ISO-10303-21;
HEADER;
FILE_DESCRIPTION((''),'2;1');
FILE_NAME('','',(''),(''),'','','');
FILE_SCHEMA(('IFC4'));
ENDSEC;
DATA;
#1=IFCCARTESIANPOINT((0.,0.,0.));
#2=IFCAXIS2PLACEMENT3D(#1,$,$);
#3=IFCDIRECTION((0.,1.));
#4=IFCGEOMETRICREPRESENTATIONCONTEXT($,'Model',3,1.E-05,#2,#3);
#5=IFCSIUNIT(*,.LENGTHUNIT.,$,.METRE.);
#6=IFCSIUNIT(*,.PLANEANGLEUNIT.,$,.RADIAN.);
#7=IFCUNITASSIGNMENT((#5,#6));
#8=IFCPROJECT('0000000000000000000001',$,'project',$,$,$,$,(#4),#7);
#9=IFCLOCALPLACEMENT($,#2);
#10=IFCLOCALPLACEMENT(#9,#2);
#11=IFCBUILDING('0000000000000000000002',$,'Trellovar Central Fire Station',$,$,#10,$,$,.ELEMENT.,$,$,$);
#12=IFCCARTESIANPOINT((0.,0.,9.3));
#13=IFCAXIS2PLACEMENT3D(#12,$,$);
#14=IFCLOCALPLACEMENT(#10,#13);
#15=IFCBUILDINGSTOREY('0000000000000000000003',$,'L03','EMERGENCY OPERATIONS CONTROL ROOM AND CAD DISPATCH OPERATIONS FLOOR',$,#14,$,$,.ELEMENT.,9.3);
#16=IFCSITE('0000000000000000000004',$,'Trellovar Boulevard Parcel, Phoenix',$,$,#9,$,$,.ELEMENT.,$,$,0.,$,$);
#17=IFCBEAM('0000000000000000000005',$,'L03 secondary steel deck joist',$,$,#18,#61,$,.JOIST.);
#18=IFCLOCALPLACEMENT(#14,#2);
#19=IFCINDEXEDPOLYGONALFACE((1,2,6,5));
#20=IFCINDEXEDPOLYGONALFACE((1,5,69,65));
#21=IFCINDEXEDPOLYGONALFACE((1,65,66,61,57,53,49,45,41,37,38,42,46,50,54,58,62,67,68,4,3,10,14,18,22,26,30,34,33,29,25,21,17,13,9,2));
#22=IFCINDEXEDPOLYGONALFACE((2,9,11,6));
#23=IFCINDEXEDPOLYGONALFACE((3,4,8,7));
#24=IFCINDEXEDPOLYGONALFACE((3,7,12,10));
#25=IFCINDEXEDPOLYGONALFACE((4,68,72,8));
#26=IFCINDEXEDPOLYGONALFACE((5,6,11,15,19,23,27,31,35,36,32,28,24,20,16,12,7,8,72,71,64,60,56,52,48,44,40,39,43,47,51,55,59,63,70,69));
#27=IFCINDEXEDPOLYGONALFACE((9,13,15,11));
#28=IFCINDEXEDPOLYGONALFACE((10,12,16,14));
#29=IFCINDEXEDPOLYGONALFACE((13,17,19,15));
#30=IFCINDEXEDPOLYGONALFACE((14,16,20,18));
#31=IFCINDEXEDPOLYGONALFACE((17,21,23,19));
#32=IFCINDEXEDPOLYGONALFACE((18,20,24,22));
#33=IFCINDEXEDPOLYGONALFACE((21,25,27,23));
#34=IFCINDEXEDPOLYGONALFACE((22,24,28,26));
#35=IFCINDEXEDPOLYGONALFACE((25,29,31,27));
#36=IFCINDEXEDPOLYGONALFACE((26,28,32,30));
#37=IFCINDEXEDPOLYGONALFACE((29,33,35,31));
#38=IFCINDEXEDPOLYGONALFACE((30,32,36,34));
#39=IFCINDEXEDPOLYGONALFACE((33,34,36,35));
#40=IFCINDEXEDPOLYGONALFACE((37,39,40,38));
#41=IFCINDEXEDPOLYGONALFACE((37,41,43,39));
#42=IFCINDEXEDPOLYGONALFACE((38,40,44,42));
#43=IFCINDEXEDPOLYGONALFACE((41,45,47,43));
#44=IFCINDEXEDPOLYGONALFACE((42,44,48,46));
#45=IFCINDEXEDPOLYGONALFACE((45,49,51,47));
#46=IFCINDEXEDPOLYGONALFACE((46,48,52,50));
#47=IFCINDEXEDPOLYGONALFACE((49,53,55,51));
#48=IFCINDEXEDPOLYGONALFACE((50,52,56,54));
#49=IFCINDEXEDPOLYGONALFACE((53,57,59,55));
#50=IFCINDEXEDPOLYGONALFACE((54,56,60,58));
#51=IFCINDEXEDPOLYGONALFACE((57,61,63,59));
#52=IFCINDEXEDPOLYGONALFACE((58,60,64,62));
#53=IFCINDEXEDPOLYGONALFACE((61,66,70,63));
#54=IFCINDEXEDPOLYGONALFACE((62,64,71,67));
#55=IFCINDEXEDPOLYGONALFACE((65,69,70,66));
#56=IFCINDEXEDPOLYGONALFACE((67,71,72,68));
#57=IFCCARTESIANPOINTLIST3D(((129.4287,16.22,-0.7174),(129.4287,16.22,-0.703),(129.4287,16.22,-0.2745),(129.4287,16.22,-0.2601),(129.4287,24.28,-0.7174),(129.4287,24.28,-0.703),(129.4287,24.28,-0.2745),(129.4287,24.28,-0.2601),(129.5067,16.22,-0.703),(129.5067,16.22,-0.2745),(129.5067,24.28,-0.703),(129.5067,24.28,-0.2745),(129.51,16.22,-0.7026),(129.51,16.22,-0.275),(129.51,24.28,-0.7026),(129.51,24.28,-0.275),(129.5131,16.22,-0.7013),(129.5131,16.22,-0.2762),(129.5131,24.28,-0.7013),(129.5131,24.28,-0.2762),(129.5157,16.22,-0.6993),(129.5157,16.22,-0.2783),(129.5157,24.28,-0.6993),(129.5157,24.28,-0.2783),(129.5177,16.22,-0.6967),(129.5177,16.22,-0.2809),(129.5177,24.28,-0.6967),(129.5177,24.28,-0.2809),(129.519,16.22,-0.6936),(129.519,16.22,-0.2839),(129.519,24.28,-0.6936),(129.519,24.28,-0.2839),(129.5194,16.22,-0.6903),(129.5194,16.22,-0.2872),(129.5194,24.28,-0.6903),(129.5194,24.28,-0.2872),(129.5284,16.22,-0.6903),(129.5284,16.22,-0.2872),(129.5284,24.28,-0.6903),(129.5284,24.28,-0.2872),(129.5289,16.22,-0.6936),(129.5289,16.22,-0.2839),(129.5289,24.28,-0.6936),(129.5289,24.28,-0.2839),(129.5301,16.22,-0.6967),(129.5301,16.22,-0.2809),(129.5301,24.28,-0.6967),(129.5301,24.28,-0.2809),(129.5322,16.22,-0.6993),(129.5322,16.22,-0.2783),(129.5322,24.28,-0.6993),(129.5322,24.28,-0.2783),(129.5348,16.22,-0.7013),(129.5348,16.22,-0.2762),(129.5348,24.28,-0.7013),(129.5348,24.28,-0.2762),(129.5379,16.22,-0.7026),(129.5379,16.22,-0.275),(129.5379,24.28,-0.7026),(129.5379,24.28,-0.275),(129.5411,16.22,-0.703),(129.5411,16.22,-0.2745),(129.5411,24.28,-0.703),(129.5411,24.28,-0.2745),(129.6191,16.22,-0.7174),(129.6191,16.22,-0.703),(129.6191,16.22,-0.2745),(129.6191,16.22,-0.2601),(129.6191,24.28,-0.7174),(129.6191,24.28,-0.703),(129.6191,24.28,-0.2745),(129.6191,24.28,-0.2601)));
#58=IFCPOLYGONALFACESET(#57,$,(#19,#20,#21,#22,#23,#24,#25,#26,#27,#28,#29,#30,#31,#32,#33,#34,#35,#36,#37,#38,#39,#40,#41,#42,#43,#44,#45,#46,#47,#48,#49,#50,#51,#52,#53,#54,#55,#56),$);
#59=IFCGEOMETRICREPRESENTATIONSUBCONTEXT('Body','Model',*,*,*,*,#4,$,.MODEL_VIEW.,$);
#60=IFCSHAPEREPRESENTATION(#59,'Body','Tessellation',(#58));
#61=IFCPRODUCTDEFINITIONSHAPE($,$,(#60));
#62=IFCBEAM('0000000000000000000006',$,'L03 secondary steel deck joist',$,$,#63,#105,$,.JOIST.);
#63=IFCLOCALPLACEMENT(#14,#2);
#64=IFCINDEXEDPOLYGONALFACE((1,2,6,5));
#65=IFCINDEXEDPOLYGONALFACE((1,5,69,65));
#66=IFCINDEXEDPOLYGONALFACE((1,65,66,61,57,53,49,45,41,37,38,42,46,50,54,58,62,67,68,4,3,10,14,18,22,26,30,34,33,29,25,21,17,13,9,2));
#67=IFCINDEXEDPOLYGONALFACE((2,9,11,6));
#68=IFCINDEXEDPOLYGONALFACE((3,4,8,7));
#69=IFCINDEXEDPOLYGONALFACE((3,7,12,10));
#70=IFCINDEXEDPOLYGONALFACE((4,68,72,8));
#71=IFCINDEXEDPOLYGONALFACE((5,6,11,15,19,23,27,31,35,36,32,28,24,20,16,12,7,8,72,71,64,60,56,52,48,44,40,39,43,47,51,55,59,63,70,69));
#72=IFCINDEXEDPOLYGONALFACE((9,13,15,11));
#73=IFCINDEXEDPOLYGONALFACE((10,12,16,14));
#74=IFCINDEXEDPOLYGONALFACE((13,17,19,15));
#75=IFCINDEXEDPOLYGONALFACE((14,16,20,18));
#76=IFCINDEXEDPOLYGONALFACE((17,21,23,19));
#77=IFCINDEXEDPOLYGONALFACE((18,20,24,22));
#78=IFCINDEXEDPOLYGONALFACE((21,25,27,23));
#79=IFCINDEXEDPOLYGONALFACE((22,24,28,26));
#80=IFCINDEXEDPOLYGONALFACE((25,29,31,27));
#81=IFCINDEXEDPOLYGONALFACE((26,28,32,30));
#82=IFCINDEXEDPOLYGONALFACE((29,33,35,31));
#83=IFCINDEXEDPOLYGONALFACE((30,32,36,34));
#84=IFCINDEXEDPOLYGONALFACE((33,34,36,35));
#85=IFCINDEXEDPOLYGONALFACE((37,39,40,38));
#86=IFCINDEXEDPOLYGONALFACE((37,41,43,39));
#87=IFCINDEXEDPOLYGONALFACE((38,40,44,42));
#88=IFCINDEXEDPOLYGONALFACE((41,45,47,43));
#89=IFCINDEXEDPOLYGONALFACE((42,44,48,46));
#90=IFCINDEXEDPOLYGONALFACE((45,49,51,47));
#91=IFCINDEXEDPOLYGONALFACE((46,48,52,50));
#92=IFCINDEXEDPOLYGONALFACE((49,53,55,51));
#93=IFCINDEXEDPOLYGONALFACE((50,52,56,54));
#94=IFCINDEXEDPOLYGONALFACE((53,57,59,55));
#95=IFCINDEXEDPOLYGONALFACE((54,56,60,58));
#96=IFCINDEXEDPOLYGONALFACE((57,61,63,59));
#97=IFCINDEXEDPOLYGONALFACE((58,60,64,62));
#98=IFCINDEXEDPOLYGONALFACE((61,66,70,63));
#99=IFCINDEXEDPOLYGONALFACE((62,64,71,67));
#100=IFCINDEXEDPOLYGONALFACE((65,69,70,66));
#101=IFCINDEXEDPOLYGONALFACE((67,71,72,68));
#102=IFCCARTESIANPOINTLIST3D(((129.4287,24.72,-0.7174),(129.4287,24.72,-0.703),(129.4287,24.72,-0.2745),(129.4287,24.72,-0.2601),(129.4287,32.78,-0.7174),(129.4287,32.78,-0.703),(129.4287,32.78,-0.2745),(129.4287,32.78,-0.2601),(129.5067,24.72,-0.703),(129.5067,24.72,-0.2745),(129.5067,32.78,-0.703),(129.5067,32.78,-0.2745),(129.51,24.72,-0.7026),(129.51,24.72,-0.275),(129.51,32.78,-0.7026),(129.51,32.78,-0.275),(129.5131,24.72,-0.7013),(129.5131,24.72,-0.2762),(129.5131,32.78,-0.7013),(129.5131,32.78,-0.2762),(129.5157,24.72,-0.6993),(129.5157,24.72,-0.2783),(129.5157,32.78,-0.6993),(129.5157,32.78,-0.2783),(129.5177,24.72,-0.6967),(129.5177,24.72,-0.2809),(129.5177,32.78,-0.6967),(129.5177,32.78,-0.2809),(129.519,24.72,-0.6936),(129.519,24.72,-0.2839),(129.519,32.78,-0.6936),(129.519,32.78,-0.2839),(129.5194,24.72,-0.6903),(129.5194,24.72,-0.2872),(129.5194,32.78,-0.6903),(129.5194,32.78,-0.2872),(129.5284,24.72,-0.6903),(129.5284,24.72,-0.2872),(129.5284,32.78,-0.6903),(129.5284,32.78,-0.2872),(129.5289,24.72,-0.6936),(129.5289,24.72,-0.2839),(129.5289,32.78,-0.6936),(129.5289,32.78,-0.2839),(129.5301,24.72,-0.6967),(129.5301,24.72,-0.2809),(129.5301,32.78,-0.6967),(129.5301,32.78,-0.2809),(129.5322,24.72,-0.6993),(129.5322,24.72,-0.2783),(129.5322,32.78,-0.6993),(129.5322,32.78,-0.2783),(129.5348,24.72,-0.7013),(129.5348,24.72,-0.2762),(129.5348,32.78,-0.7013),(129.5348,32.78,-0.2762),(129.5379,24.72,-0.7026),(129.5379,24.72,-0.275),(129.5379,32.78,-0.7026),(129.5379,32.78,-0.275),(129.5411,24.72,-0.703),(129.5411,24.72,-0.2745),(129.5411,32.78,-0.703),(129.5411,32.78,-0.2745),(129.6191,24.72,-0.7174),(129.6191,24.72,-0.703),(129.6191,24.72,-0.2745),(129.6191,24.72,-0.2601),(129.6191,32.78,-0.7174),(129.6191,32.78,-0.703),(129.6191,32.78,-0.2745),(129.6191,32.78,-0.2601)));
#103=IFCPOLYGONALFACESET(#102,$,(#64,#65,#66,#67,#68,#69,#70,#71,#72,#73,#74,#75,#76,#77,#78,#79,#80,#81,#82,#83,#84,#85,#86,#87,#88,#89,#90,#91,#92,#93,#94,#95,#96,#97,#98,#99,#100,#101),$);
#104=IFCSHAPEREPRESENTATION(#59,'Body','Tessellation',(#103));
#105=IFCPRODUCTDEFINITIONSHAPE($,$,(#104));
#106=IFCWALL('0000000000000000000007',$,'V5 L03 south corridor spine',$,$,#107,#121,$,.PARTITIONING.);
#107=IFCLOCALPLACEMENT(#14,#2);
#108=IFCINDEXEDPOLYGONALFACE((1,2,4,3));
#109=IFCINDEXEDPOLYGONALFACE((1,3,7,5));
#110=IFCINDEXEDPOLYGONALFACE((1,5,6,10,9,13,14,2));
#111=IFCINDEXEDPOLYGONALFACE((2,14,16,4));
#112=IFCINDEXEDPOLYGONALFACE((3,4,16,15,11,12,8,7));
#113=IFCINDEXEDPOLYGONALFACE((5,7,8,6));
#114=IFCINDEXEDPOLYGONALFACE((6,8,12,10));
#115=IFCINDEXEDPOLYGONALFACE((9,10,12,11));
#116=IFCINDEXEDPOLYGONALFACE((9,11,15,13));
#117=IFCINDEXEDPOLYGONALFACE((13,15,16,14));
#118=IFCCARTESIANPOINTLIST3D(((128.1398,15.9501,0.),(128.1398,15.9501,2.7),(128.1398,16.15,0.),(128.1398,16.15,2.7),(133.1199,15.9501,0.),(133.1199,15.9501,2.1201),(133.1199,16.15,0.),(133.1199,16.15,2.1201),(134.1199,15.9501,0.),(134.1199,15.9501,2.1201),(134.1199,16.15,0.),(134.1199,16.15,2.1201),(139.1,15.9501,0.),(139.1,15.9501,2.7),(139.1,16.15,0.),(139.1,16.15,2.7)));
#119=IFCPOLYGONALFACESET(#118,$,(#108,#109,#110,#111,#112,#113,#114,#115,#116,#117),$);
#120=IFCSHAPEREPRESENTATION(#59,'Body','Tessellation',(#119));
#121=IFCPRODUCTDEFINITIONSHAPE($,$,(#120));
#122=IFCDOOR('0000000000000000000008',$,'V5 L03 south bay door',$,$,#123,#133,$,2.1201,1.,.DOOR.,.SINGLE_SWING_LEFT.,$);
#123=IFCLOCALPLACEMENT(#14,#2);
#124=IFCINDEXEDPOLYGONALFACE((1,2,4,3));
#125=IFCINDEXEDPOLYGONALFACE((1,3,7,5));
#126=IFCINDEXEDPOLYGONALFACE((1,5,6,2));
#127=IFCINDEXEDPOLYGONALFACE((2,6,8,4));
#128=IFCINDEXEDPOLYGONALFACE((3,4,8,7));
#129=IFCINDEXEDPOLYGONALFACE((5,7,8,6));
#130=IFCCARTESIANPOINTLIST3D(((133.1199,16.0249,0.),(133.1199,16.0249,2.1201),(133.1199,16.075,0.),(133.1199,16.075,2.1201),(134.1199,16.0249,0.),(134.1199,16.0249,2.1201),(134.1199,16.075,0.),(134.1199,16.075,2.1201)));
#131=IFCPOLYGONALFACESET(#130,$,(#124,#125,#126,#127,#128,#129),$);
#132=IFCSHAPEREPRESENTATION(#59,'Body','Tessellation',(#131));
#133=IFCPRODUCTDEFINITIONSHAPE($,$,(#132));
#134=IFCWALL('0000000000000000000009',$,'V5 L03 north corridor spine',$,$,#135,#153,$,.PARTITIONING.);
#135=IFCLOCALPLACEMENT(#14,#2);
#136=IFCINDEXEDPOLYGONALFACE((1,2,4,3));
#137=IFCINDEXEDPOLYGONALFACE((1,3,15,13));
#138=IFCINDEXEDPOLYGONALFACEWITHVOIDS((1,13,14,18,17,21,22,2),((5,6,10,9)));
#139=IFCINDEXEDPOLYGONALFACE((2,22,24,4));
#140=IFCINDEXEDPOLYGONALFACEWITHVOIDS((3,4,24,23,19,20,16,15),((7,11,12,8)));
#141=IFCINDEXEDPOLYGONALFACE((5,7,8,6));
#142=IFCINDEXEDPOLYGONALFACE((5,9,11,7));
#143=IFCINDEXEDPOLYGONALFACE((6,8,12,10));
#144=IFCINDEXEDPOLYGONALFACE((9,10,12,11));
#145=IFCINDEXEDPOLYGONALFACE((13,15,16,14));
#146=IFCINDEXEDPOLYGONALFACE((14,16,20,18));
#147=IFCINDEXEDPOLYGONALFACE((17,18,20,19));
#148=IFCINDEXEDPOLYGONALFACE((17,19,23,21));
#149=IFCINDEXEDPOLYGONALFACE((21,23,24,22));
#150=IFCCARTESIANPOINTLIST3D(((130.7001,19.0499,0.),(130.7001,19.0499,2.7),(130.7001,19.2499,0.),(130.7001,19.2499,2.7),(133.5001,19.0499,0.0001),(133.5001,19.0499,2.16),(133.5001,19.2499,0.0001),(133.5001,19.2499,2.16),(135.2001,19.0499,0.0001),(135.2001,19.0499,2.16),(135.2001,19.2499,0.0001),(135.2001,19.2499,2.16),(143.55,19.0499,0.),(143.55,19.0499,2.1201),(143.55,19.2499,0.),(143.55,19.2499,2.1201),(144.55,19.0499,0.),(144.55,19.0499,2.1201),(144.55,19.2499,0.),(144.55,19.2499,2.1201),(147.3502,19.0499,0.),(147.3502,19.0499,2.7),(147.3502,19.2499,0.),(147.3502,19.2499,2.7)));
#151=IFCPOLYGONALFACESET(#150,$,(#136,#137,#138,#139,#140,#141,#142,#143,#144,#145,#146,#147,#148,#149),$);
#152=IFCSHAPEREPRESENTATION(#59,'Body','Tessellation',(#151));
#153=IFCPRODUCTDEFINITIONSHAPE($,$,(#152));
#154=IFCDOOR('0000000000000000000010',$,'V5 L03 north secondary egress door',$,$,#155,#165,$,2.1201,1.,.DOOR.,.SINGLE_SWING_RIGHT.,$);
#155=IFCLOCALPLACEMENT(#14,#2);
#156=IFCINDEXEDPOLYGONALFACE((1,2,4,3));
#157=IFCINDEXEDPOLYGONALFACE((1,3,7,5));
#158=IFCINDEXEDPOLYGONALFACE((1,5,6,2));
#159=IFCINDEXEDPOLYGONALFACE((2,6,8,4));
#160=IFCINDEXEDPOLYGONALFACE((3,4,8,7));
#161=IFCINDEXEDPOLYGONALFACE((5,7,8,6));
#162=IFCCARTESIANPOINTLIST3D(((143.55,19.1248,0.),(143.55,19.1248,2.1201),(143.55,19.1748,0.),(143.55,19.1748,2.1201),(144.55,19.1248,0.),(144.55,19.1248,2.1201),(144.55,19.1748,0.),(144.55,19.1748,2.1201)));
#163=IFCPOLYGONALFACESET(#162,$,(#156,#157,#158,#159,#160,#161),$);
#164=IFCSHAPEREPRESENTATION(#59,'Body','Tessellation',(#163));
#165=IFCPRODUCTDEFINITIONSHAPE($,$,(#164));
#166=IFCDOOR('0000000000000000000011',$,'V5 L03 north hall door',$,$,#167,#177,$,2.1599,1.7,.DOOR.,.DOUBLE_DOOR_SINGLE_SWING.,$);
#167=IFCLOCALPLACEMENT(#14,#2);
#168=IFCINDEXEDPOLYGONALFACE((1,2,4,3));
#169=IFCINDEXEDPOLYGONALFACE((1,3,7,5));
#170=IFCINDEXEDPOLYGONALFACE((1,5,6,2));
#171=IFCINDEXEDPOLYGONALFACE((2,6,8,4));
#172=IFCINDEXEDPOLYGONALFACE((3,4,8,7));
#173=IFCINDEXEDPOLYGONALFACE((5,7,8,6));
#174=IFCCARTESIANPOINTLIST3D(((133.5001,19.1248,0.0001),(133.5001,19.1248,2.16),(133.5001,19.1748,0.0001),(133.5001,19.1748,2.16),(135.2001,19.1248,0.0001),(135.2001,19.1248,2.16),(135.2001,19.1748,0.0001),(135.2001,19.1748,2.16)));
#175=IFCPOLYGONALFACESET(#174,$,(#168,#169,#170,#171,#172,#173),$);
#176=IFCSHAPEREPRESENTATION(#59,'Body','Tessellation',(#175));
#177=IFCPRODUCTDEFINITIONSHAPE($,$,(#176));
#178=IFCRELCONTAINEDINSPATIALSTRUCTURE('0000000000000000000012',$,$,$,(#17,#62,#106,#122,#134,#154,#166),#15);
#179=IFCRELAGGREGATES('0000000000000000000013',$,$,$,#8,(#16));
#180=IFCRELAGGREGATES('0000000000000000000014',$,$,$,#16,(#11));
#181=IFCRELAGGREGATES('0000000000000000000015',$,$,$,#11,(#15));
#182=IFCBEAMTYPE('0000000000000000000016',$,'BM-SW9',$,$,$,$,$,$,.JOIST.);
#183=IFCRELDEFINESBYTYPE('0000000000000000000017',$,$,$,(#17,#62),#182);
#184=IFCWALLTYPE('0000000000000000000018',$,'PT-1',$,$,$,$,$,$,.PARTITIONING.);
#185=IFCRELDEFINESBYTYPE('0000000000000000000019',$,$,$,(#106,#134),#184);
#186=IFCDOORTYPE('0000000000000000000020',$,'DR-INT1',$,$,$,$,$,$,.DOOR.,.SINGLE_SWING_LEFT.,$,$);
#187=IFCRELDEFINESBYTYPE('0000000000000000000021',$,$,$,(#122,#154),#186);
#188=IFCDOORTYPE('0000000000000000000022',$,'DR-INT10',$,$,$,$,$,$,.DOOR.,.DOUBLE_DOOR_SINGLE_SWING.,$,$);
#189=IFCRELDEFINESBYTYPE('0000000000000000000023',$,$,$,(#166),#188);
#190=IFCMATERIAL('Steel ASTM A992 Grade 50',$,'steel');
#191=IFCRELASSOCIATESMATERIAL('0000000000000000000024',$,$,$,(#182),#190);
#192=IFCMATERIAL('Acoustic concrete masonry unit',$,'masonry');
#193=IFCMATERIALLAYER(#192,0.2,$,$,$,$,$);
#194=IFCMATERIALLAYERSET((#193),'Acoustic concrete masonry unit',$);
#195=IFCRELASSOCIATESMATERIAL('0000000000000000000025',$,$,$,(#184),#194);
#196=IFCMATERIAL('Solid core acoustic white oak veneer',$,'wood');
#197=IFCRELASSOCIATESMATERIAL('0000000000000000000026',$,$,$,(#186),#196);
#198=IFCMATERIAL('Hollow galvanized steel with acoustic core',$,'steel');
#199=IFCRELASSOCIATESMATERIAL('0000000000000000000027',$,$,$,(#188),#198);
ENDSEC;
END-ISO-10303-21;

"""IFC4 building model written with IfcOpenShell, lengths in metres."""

from ifc_helpers import new_model, si_unit, direction, frame, frame_2d, origin, origin_2d, place, context, subcontext, project, spatial, rectangle, i_section, extrude, material, layer, layer_set, material_profile, profile_set, type_object, element, fill, save


model = new_model("IFC4")

# Units and contexts
model_context = context("Model", 3, precision=1e-05, world=origin(), true_north=direction((0.0, 1.0)))
body_context = subcontext(model_context, "Body", "Model", "MODEL_VIEW")
ifc_project = project(units=[si_unit("LENGTHUNIT", "METRE"), si_unit("PLANEANGLEUNIT", "RADIAN")], contexts=[model_context])

# Site, building, storey
site_placement = place(None, origin())
site = spatial("IfcSite", under=ifc_project, at=site_placement, Name="Trellovar Boulevard Parcel, Phoenix", CompositionType="ELEMENT", RefElevation=0.0)
building_placement = place(site_placement, origin())
building = spatial("IfcBuilding", under=site, at=building_placement, Name="Trellovar Central Fire Station", CompositionType="ELEMENT")
storey_placement = place(building_placement, frame((0.0, 0.0, 9.3)))
storey = spatial("IfcBuildingStorey", under=building, at=storey_placement, Name="L03", Description="EMERGENCY OPERATIONS CONTROL ROOM AND CAD DISPATCH OPERATIONS FLOOR", CompositionType="ELEMENT", Elevation=9.3)

# Beams
ifc_material_1 = material(Name="Steel ASTM A992 Grade 50", Category="steel")
ifc_material_profile_1 = material_profile(ifc_material_1, i_section(OverallWidth=0.1904, OverallDepth=0.4573, WebThickness=0.009, FlangeThickness=0.0144, FilletRadius=0.0127, at=origin_2d()), Name="W18X50")
ifc_profile_set_1 = profile_set([ifc_material_profile_1], Name="Steel ASTM A992 Grade 50")
beam_type_1 = type_object("IfcBeamType", Name="BM-SW9", PredefinedType="JOIST", material=ifc_profile_set_1)
for number, where, z_axis, x_axis, name in (
    (1, (129.5239, 16.22, -0.4888), (0.0, 1.0, 0.0), (-1.0, 0.0, 0.0), "L03 secondary steel deck joist"),
    (2, (129.5239, 24.72, -0.4888), (0.0, 1.0, 0.0), (-1.0, 0.0, 0.0), "L03 secondary steel deck joist"),
):
    element("IfcBeam", number, at=place(storey_placement, frame(where, z_axis=z_axis, x_axis=x_axis)), inside=storey, type_object=beam_type_1, Name=name, PredefinedType="JOIST", context=body_context, shape_type="SweptSolid", body=[
        extrude(i_section(OverallWidth=0.1904, OverallDepth=0.4573, WebThickness=0.009, FlangeThickness=0.0144, FilletRadius=0.0127, at=origin_2d()), origin(), (0.0, 0.0, 1.0), 8.0601),
    ])

# Wall, opening, door
ifc_material_2 = material(Name="Acoustic concrete masonry unit", Category="masonry")
ifc_layer_1 = layer(ifc_material_2, 0.2)
ifc_layer_set_1 = layer_set([ifc_layer_1], Name="Acoustic concrete masonry unit")
wall_type_1 = type_object("IfcWallType", Name="PT-1", PredefinedType="PARTITIONING", material=ifc_layer_set_1)
wall_1_placement = place(storey_placement, frame((128.1399, 16.05, 0.0), z_axis=(0.0, 0.0, 1.0), x_axis=(1.0, 0.0, 0.0)))
wall_1 = element("IfcWall", 3, at=wall_1_placement, inside=storey, type_object=wall_type_1, Name="V5 L03 south corridor spine", PredefinedType="PARTITIONING", context=body_context, shape_type="SweptSolid", body=[
    extrude(rectangle(XDim=10.9602, YDim=0.2, at=frame_2d((5.48, 0.0))), origin(), (0.0, 0.0, 1.0), 2.7),
])
opening_1_placement = place(wall_1_placement, frame((4.98, 0.0, 0.0)))
opening_1 = element("IfcOpeningElement", 4, at=opening_1_placement, cuts=wall_1, PredefinedType="OPENING", context=body_context, shape_type="SweptSolid", body=[
    extrude(rectangle(XDim=1.0, YDim=2.1201, at=frame_2d((0.5, 1.0601))), frame((0.0, 0.1099, 0.0), z_axis=(0.0, -1.0, 0.0), x_axis=(1.0, 0.0, 0.0)), (0.0, 0.0, 1.0), 0.22),
])
ifc_material_3 = material(Name="Solid core acoustic white oak veneer", Category="wood")
door_type_1 = type_object("IfcDoorType", Name="DR-INT1", OperationType="SINGLE_SWING_LEFT", PredefinedType="DOOR", material=ifc_material_3)
door_1_placement = place(opening_1_placement, origin())
door_1 = element("IfcDoor", 5, at=door_1_placement, inside=storey, type_object=door_type_1, Name="V5 L03 south bay door", OperationType="SINGLE_SWING_LEFT", OverallHeight=2.1201, OverallWidth=1.0, PredefinedType="DOOR", context=body_context, shape_type="SweptSolid", body=[
    extrude(rectangle(XDim=1.0, YDim=2.1201, at=frame_2d((0.5, 1.0601))), frame((0.0, 0.0249, 0.0), z_axis=(0.0, -1.0, 0.0), x_axis=(1.0, 0.0, 0.0)), (0.0, 0.0, 1.0), 0.05),
])
fill(opening_1, door_1)

# Wall, openings, doors
wall_2_placement = place(storey_placement, frame((130.7, 19.1499, 0.0), z_axis=(0.0, 0.0, 1.0), x_axis=(1.0, 0.0, 0.0)))
wall_2 = element("IfcWall", 6, at=wall_2_placement, inside=storey, type_object=wall_type_1, Name="V5 L03 north corridor spine", PredefinedType="PARTITIONING", context=body_context, shape_type="SweptSolid", body=[
    extrude(rectangle(XDim=16.6501, YDim=0.2, at=frame_2d((8.3252, 0.0))), origin(), (0.0, 0.0, 1.0), 2.7),
])
opening_2_placement = place(wall_2_placement, frame((2.8, 0.0, 0.0)))
opening_2 = element("IfcOpeningElement", 7, at=opening_2_placement, cuts=wall_2, PredefinedType="OPENING", context=body_context, shape_type="SweptSolid", body=[
    extrude(rectangle(XDim=1.7, YDim=2.1599, at=frame_2d((0.8501, 1.0801))), frame((0.0, 0.1099, 0.0), z_axis=(0.0, -1.0, 0.0), x_axis=(1.0, 0.0, 0.0)), (0.0, 0.0, 1.0), 0.22),
])
opening_3_placement = place(wall_2_placement, frame((12.8501, 0.0, 0.0)))
opening_3 = element("IfcOpeningElement", 8, at=opening_3_placement, cuts=wall_2, PredefinedType="OPENING", context=body_context, shape_type="SweptSolid", body=[
    extrude(rectangle(XDim=1.0, YDim=2.1201, at=frame_2d((0.5, 1.0601))), frame((0.0, 0.1099, 0.0), z_axis=(0.0, -1.0, 0.0), x_axis=(1.0, 0.0, 0.0)), (0.0, 0.0, 1.0), 0.22),
])
door_2_placement = place(opening_3_placement, origin())
door_2 = element("IfcDoor", 9, at=door_2_placement, inside=storey, type_object=door_type_1, Name="V5 L03 north secondary egress door", OperationType="SINGLE_SWING_RIGHT", OverallHeight=2.1201, OverallWidth=1.0, PredefinedType="DOOR", context=body_context, shape_type="SweptSolid", body=[
    extrude(rectangle(XDim=1.0, YDim=2.1201, at=frame_2d((0.5, 1.0601))), frame((0.0, 0.0249, 0.0), z_axis=(0.0, -1.0, 0.0), x_axis=(1.0, 0.0, 0.0)), (0.0, 0.0, 1.0), 0.05),
])
fill(opening_3, door_2)
ifc_material_4 = material(Name="Hollow galvanized steel with acoustic core", Category="steel")
door_type_2 = type_object("IfcDoorType", Name="DR-INT10", OperationType="DOUBLE_DOOR_SINGLE_SWING", PredefinedType="DOOR", material=ifc_material_4)
door_3_placement = place(opening_2_placement, origin())
door_3 = element("IfcDoor", 10, at=door_3_placement, inside=storey, type_object=door_type_2, Name="V5 L03 north hall door", OperationType="DOUBLE_DOOR_SINGLE_SWING", OverallHeight=2.1599, OverallWidth=1.7, PredefinedType="DOOR", context=body_context, shape_type="SweptSolid", body=[
    extrude(rectangle(XDim=1.7, YDim=2.1599, at=frame_2d((0.8501, 1.0801))), frame((0.0, 0.0249, 0.0), z_axis=(0.0, -1.0, 0.0), x_axis=(1.0, 0.0, 0.0)), (0.0, 0.0, 1.0), 0.05),
])
fill(opening_2, door_3)

save(model, "model.ifc")
